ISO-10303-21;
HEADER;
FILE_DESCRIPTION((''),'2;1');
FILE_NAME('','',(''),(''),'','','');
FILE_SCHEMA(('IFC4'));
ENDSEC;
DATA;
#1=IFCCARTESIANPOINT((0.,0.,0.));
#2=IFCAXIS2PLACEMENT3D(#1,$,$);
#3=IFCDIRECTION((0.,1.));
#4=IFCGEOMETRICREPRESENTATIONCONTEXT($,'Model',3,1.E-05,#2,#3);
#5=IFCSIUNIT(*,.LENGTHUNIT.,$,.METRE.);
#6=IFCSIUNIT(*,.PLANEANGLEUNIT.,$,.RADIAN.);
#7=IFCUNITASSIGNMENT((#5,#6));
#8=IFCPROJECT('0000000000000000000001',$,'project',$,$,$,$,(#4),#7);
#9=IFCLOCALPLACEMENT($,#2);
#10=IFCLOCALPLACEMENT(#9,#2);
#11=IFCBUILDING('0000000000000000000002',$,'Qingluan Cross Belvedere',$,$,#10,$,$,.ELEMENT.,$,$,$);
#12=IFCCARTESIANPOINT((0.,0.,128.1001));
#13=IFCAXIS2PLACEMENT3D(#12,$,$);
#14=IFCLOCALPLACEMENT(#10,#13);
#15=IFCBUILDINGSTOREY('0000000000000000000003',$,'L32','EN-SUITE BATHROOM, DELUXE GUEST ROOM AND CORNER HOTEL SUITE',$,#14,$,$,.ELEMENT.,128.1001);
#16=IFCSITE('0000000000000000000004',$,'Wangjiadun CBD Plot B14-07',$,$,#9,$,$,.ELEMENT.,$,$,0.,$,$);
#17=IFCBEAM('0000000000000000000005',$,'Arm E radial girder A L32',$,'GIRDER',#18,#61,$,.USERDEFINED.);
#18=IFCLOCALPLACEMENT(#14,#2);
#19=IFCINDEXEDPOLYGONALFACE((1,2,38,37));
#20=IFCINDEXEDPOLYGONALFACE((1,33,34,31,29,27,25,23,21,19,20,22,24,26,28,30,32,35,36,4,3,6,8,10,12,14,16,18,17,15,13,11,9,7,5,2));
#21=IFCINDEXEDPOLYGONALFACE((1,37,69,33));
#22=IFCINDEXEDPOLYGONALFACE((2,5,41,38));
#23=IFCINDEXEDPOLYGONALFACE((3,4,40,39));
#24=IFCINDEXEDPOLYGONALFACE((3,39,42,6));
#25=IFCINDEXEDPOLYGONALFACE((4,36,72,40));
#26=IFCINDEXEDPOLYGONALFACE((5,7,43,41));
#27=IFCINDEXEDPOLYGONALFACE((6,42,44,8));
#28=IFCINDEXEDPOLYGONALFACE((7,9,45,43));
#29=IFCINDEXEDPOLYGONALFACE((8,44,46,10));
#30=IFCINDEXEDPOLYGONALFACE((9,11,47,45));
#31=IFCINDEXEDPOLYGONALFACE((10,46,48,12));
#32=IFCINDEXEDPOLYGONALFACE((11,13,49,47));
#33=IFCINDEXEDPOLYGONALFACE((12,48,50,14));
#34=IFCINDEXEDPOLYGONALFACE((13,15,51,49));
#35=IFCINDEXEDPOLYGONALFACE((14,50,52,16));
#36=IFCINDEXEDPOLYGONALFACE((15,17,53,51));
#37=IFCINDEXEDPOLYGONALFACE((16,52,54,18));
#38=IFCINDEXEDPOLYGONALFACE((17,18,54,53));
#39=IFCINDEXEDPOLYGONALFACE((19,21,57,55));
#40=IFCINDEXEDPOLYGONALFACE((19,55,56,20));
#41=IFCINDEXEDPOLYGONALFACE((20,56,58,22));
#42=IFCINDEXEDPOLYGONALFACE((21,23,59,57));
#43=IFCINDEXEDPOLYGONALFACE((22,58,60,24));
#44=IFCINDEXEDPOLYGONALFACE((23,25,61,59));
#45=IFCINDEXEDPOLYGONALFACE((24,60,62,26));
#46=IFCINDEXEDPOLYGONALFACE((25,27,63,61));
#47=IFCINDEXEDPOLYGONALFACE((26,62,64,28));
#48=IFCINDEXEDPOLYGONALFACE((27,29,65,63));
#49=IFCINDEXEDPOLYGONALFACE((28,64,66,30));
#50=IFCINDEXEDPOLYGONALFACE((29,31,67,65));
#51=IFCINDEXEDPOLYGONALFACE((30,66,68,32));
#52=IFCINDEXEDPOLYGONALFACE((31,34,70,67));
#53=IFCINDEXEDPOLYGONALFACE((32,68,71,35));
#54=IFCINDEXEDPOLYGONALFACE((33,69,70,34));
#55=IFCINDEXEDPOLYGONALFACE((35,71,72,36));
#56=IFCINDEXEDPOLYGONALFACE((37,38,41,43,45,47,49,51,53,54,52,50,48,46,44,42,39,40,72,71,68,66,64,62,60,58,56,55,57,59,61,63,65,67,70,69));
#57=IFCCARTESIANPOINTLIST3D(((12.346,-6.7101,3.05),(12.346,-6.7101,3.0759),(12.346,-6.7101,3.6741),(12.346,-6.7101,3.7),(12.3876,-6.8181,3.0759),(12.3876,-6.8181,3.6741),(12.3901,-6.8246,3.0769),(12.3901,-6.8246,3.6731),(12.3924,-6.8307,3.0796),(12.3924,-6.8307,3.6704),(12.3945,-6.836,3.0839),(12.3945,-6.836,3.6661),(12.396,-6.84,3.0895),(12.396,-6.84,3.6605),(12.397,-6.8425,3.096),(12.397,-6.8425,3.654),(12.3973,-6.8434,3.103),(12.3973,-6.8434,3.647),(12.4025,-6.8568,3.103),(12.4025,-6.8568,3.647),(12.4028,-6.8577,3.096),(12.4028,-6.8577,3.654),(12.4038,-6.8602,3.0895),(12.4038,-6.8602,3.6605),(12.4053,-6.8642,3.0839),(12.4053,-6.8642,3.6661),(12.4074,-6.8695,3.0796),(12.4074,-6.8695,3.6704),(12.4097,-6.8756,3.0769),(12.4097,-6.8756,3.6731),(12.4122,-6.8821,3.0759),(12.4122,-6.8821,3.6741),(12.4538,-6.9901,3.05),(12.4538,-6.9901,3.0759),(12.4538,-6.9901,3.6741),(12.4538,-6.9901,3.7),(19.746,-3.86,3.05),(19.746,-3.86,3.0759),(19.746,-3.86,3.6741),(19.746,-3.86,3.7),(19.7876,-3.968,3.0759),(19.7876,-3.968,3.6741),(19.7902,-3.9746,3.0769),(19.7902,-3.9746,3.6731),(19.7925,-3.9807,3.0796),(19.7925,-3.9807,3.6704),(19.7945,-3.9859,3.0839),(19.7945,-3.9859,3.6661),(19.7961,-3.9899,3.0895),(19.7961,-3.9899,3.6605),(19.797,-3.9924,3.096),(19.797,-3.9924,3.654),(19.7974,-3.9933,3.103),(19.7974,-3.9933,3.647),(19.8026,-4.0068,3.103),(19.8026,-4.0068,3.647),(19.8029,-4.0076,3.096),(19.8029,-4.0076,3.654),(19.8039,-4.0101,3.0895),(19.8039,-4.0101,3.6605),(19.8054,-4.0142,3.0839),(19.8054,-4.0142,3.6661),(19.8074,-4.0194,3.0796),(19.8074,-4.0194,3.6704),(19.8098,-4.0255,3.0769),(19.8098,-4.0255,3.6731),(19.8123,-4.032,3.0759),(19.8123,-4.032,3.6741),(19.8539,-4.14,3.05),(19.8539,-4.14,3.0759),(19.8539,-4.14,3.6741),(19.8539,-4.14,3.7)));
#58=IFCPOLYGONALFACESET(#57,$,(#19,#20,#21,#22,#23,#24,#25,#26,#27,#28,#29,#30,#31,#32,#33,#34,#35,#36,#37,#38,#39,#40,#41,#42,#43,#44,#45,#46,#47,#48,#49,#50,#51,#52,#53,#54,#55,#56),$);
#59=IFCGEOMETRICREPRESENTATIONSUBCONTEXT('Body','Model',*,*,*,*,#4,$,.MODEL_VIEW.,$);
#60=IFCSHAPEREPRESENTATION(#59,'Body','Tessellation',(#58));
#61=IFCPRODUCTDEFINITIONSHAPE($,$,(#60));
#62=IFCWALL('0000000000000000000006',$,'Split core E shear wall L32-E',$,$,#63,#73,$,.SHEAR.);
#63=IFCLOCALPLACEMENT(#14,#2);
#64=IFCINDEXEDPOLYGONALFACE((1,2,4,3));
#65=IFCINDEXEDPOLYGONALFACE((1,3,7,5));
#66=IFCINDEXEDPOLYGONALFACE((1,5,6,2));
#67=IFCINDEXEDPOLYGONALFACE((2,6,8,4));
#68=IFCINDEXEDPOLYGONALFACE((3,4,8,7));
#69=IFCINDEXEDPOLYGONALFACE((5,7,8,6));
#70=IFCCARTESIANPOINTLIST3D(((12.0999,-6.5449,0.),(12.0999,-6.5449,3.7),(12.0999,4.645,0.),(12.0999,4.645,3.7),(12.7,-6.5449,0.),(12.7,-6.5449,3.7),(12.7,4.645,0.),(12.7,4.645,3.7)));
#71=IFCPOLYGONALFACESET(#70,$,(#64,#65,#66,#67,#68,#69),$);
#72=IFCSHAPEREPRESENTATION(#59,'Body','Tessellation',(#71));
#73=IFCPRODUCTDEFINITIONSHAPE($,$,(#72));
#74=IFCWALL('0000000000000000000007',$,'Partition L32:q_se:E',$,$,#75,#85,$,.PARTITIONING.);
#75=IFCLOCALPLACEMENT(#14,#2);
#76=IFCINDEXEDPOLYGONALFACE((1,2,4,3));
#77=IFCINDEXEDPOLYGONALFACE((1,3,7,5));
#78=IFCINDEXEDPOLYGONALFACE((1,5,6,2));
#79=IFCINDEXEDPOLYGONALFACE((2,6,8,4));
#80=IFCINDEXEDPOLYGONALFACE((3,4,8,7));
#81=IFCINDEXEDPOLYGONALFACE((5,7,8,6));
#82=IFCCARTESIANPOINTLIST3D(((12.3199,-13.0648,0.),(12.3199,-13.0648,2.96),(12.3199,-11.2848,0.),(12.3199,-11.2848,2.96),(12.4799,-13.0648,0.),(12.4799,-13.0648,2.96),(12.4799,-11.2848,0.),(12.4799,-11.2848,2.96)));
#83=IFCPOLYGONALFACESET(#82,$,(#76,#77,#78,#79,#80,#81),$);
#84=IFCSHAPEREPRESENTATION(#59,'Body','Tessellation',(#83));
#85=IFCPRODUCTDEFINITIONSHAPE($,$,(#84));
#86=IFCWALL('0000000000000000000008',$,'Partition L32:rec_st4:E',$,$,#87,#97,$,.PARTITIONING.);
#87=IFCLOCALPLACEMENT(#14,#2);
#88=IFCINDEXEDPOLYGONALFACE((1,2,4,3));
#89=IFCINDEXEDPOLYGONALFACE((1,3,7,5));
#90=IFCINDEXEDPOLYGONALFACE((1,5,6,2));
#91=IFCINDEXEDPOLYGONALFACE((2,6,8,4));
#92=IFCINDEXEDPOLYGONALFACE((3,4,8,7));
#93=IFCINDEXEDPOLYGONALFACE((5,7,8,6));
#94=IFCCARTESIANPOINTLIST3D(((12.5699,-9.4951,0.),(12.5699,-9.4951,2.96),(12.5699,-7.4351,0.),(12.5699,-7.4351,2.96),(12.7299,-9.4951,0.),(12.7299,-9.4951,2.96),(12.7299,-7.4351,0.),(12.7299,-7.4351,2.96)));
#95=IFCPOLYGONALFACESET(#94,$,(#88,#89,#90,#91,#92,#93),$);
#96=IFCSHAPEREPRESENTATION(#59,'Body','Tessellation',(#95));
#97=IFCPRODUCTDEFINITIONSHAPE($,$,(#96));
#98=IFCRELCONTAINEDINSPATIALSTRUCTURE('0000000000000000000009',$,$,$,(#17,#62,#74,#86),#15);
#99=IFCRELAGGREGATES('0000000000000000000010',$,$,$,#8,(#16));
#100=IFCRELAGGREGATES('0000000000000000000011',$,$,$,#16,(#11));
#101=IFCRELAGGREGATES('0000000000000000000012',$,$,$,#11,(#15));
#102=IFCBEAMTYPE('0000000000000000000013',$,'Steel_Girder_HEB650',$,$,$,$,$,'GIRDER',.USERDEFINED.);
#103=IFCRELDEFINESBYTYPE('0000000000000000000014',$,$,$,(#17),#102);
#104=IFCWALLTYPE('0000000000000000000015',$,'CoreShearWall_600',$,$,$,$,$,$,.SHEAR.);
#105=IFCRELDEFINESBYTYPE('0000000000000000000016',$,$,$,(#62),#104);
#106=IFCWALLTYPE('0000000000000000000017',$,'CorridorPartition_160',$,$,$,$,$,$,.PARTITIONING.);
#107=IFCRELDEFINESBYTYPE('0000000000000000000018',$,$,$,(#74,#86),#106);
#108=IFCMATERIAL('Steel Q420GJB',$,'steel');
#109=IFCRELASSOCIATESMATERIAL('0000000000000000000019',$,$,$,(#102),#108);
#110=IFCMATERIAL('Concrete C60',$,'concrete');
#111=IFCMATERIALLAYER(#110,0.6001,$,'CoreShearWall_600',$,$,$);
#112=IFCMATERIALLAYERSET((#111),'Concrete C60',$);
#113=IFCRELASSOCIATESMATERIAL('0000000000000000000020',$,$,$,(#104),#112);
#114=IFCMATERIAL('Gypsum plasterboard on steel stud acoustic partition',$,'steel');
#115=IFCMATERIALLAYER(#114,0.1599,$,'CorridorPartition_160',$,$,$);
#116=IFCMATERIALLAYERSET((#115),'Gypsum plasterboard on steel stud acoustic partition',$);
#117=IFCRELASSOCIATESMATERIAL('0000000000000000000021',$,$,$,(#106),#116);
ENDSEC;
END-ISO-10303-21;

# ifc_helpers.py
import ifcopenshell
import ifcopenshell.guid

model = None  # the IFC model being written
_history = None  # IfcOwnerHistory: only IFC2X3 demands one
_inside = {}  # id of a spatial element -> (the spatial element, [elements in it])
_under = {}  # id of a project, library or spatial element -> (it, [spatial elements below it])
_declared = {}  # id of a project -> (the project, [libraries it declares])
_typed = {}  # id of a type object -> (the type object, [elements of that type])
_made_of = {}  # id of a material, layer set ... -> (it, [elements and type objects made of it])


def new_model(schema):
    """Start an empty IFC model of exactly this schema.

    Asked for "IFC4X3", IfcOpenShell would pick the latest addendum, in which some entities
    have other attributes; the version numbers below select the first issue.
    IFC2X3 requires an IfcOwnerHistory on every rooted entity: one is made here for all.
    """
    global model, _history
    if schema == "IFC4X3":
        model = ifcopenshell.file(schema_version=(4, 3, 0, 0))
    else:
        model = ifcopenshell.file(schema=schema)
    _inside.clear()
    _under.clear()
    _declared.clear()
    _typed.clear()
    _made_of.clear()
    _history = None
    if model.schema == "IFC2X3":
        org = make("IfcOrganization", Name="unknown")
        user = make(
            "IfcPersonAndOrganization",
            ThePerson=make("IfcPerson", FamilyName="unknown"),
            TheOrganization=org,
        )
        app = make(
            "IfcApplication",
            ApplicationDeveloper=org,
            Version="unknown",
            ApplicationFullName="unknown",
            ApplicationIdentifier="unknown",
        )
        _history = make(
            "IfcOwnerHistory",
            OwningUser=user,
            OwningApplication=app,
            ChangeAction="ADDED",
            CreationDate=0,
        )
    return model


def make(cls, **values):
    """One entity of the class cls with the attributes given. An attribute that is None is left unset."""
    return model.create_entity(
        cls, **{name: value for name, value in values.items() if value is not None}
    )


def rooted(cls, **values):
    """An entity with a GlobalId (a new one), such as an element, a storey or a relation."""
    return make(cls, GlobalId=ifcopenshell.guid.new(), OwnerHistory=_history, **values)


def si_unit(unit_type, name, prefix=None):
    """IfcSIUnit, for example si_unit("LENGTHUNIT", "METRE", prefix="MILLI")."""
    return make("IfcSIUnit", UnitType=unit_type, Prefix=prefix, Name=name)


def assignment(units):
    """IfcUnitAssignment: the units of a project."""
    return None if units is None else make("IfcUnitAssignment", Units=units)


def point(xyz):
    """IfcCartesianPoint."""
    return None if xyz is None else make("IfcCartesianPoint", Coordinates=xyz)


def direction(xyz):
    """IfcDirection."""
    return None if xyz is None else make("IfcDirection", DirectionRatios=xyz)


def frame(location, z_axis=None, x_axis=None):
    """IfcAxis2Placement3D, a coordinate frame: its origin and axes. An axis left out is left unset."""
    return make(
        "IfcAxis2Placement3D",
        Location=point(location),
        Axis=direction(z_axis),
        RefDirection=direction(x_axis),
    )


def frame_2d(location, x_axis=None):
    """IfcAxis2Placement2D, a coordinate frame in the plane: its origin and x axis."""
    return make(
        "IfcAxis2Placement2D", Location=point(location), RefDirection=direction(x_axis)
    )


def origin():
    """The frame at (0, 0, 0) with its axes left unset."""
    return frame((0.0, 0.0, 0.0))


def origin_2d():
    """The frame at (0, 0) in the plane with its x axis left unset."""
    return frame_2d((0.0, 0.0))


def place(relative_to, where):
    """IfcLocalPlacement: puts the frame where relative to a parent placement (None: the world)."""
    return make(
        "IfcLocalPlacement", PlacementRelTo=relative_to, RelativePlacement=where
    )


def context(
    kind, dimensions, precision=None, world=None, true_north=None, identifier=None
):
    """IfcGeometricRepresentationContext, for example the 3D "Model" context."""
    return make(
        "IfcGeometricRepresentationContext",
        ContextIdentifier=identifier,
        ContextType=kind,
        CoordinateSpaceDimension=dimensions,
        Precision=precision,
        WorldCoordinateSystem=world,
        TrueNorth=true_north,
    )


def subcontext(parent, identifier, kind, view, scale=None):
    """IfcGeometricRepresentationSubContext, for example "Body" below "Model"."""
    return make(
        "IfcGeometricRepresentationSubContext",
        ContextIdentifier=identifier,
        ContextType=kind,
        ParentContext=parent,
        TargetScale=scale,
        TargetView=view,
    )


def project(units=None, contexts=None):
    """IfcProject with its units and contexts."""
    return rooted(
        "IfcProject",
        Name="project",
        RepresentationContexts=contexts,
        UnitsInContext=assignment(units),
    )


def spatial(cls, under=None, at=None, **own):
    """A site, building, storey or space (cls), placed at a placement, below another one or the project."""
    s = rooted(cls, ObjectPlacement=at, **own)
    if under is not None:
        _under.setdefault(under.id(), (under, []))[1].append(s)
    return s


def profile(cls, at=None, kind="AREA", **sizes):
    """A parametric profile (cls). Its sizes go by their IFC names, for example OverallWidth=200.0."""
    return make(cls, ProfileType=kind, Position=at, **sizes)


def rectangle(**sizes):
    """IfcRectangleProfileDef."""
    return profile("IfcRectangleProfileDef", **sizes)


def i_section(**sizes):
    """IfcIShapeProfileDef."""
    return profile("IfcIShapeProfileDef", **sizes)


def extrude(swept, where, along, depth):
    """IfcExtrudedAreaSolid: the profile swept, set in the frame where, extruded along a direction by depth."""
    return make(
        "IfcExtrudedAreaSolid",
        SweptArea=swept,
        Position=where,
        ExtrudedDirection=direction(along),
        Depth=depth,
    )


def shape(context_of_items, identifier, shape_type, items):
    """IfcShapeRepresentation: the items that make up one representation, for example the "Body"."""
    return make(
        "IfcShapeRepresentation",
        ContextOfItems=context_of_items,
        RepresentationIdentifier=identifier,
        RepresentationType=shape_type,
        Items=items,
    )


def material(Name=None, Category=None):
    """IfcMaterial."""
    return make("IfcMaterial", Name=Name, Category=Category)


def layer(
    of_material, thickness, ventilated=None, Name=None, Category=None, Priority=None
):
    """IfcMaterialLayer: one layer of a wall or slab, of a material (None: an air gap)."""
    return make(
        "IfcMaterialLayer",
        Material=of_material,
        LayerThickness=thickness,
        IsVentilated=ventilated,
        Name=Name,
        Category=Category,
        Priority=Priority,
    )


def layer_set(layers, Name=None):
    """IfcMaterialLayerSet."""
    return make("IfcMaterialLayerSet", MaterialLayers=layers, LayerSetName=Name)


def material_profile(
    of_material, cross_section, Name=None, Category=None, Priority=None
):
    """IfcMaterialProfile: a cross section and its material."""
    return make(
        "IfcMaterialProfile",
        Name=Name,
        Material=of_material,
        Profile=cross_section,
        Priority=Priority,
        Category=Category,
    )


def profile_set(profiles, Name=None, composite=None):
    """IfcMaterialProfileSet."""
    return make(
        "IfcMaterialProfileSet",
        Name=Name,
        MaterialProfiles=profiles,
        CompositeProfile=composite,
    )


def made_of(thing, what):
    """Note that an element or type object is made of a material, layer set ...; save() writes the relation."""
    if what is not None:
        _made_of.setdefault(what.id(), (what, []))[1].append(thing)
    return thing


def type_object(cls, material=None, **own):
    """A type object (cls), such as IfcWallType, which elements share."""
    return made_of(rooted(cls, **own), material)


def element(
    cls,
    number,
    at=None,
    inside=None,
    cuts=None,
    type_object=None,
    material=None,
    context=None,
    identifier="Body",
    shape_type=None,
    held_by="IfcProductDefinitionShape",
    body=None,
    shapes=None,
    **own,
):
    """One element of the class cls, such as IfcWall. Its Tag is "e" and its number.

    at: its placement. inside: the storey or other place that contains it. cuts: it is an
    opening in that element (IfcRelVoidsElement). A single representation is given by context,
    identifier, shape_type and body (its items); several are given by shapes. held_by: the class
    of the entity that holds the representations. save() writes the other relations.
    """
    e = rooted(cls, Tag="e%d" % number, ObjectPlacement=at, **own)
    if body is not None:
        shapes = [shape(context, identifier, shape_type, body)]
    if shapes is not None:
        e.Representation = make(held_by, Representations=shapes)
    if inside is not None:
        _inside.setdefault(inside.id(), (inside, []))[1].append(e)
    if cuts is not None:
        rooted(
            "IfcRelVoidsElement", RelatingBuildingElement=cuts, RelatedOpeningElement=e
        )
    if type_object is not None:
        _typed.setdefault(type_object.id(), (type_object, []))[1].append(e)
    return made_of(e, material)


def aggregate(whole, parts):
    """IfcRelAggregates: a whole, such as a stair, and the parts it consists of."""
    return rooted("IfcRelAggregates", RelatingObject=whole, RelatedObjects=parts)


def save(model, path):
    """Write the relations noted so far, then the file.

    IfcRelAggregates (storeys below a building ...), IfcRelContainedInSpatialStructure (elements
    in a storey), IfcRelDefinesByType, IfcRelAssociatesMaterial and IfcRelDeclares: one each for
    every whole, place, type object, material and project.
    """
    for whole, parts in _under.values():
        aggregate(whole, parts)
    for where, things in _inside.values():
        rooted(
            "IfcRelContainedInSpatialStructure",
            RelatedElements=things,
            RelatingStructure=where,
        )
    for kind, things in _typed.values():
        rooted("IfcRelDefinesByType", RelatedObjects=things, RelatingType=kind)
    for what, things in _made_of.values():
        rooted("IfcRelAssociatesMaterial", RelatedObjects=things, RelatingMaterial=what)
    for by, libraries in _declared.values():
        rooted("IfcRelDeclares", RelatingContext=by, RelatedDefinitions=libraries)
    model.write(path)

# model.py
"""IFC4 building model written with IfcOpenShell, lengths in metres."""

from ifc_helpers import new_model, si_unit, direction, frame, frame_2d, origin, origin_2d, place, context, subcontext, project, spatial, rectangle, i_section, extrude, material, layer, layer_set, material_profile, profile_set, type_object, element, save


model = new_model("IFC4")

# Units and contexts
model_context = context("Model", 3, precision=1e-05, world=origin(), true_north=direction((0.0, 1.0)))
body_context = subcontext(model_context, "Body", "Model", "MODEL_VIEW")
ifc_project = project(units=[si_unit("LENGTHUNIT", "METRE"), si_unit("PLANEANGLEUNIT", "RADIAN")], contexts=[model_context])

# Site, building, storey
site_placement = place(None, origin())
site = spatial("IfcSite", under=ifc_project, at=site_placement, Name="Wangjiadun CBD Plot B14-07", CompositionType="ELEMENT", RefElevation=0.0)
building_placement = place(site_placement, origin())
building = spatial("IfcBuilding", under=site, at=building_placement, Name="Qingluan Cross Belvedere", CompositionType="ELEMENT")
storey_placement = place(building_placement, frame((0.0, 0.0, 128.1001)))
storey = spatial("IfcBuildingStorey", under=building, at=storey_placement, Name="L32", Description="EN-SUITE BATHROOM, DELUXE GUEST ROOM AND CORNER HOTEL SUITE", CompositionType="ELEMENT", Elevation=128.1001)

# Beam
ifc_material_1 = material(Name="Steel Q420GJB", Category="steel")
ifc_material_profile_1 = material_profile(ifc_material_1, i_section(OverallWidth=0.3, OverallDepth=0.6499, WebThickness=0.0144, FlangeThickness=0.0259, FilletRadius=0.0271, at=origin_2d()), Name="HEB650")
ifc_profile_set_1 = profile_set([ifc_material_profile_1], Name="Steel Q420GJB")
beam_type_1 = type_object("IfcBeamType", Name="Steel_Girder_HEB650", ElementType="GIRDER", PredefinedType="USERDEFINED", material=ifc_profile_set_1)
beam_1_placement = place(storey_placement, frame((12.3999, -6.8501, 3.375), z_axis=(0.933181, 0.359406, 0.0), x_axis=(-0.359406, 0.933181, 0.0)))
element("IfcBeam", 1, at=beam_1_placement, inside=storey, type_object=beam_type_1, Name="Arm E radial girder A L32", ObjectType="GIRDER", PredefinedType="USERDEFINED", context=body_context, shape_type="SweptSolid", body=[
    extrude(i_section(OverallWidth=0.3, OverallDepth=0.6499, WebThickness=0.0144, FlangeThickness=0.0259, FilletRadius=0.0271, at=origin_2d()), origin(), (0.0, 0.0, 1.0), 7.9299),
])

# Walls
ifc_material_2 = material(Name="Concrete C60", Category="concrete")
ifc_layer_1 = layer(ifc_material_2, 0.6001, Name="CoreShearWall_600")
ifc_layer_set_1 = layer_set([ifc_layer_1], Name="Concrete C60")
wall_type_1 = type_object("IfcWallType", Name="CoreShearWall_600", PredefinedType="SHEAR", material=ifc_layer_set_1)
wall_1_placement = place(storey_placement, frame((12.3999, -6.5449, 0.0), z_axis=(0.0, 0.0, 1.0), x_axis=(0.0, 1.0, 0.0)))
element("IfcWall", 2, at=wall_1_placement, inside=storey, type_object=wall_type_1, Name="Split core E shear wall L32-E", PredefinedType="SHEAR", context=body_context, shape_type="SweptSolid", body=[
    extrude(rectangle(XDim=11.1899, YDim=0.6001, at=frame_2d((5.595, 0.0))), origin(), (0.0, 0.0, 1.0), 3.7),
])
ifc_material_3 = material(Name="Gypsum plasterboard on steel stud acoustic partition", Category="steel")
ifc_layer_2 = layer(ifc_material_3, 0.1599, Name="CorridorPartition_160")
ifc_layer_set_2 = layer_set([ifc_layer_2], Name="Gypsum plasterboard on steel stud acoustic partition")
wall_type_2 = type_object("IfcWallType", Name="CorridorPartition_160", PredefinedType="PARTITIONING", material=ifc_layer_set_2)
wall_2_placement = place(storey_placement, frame((12.3999, -13.0649, 0.0), z_axis=(0.0, 0.0, 1.0), x_axis=(0.0, 1.0, 0.0)))
element("IfcWall", 3, at=wall_2_placement, inside=storey, type_object=wall_type_2, Name="Partition L32:q_se:E", PredefinedType="PARTITIONING", context=body_context, shape_type="SweptSolid", body=[
    extrude(rectangle(XDim=1.78, YDim=0.1599, at=frame_2d((0.8901, 0.0))), origin(), (0.0, 0.0, 1.0), 2.96),
])
wall_3_placement = place(storey_placement, frame((12.6499, -9.4951, 0.0), z_axis=(0.0, 0.0, 1.0), x_axis=(0.0, 1.0, 0.0)))
element("IfcWall", 4, at=wall_3_placement, inside=storey, type_object=wall_type_2, Name="Partition L32:rec_st4:E", PredefinedType="PARTITIONING", context=body_context, shape_type="SweptSolid", body=[
    extrude(rectangle(XDim=2.0601, YDim=0.1599, at=frame_2d((1.03, 0.0))), origin(), (0.0, 0.0, 1.0), 2.96),
])

save(model, "model.ifc")
